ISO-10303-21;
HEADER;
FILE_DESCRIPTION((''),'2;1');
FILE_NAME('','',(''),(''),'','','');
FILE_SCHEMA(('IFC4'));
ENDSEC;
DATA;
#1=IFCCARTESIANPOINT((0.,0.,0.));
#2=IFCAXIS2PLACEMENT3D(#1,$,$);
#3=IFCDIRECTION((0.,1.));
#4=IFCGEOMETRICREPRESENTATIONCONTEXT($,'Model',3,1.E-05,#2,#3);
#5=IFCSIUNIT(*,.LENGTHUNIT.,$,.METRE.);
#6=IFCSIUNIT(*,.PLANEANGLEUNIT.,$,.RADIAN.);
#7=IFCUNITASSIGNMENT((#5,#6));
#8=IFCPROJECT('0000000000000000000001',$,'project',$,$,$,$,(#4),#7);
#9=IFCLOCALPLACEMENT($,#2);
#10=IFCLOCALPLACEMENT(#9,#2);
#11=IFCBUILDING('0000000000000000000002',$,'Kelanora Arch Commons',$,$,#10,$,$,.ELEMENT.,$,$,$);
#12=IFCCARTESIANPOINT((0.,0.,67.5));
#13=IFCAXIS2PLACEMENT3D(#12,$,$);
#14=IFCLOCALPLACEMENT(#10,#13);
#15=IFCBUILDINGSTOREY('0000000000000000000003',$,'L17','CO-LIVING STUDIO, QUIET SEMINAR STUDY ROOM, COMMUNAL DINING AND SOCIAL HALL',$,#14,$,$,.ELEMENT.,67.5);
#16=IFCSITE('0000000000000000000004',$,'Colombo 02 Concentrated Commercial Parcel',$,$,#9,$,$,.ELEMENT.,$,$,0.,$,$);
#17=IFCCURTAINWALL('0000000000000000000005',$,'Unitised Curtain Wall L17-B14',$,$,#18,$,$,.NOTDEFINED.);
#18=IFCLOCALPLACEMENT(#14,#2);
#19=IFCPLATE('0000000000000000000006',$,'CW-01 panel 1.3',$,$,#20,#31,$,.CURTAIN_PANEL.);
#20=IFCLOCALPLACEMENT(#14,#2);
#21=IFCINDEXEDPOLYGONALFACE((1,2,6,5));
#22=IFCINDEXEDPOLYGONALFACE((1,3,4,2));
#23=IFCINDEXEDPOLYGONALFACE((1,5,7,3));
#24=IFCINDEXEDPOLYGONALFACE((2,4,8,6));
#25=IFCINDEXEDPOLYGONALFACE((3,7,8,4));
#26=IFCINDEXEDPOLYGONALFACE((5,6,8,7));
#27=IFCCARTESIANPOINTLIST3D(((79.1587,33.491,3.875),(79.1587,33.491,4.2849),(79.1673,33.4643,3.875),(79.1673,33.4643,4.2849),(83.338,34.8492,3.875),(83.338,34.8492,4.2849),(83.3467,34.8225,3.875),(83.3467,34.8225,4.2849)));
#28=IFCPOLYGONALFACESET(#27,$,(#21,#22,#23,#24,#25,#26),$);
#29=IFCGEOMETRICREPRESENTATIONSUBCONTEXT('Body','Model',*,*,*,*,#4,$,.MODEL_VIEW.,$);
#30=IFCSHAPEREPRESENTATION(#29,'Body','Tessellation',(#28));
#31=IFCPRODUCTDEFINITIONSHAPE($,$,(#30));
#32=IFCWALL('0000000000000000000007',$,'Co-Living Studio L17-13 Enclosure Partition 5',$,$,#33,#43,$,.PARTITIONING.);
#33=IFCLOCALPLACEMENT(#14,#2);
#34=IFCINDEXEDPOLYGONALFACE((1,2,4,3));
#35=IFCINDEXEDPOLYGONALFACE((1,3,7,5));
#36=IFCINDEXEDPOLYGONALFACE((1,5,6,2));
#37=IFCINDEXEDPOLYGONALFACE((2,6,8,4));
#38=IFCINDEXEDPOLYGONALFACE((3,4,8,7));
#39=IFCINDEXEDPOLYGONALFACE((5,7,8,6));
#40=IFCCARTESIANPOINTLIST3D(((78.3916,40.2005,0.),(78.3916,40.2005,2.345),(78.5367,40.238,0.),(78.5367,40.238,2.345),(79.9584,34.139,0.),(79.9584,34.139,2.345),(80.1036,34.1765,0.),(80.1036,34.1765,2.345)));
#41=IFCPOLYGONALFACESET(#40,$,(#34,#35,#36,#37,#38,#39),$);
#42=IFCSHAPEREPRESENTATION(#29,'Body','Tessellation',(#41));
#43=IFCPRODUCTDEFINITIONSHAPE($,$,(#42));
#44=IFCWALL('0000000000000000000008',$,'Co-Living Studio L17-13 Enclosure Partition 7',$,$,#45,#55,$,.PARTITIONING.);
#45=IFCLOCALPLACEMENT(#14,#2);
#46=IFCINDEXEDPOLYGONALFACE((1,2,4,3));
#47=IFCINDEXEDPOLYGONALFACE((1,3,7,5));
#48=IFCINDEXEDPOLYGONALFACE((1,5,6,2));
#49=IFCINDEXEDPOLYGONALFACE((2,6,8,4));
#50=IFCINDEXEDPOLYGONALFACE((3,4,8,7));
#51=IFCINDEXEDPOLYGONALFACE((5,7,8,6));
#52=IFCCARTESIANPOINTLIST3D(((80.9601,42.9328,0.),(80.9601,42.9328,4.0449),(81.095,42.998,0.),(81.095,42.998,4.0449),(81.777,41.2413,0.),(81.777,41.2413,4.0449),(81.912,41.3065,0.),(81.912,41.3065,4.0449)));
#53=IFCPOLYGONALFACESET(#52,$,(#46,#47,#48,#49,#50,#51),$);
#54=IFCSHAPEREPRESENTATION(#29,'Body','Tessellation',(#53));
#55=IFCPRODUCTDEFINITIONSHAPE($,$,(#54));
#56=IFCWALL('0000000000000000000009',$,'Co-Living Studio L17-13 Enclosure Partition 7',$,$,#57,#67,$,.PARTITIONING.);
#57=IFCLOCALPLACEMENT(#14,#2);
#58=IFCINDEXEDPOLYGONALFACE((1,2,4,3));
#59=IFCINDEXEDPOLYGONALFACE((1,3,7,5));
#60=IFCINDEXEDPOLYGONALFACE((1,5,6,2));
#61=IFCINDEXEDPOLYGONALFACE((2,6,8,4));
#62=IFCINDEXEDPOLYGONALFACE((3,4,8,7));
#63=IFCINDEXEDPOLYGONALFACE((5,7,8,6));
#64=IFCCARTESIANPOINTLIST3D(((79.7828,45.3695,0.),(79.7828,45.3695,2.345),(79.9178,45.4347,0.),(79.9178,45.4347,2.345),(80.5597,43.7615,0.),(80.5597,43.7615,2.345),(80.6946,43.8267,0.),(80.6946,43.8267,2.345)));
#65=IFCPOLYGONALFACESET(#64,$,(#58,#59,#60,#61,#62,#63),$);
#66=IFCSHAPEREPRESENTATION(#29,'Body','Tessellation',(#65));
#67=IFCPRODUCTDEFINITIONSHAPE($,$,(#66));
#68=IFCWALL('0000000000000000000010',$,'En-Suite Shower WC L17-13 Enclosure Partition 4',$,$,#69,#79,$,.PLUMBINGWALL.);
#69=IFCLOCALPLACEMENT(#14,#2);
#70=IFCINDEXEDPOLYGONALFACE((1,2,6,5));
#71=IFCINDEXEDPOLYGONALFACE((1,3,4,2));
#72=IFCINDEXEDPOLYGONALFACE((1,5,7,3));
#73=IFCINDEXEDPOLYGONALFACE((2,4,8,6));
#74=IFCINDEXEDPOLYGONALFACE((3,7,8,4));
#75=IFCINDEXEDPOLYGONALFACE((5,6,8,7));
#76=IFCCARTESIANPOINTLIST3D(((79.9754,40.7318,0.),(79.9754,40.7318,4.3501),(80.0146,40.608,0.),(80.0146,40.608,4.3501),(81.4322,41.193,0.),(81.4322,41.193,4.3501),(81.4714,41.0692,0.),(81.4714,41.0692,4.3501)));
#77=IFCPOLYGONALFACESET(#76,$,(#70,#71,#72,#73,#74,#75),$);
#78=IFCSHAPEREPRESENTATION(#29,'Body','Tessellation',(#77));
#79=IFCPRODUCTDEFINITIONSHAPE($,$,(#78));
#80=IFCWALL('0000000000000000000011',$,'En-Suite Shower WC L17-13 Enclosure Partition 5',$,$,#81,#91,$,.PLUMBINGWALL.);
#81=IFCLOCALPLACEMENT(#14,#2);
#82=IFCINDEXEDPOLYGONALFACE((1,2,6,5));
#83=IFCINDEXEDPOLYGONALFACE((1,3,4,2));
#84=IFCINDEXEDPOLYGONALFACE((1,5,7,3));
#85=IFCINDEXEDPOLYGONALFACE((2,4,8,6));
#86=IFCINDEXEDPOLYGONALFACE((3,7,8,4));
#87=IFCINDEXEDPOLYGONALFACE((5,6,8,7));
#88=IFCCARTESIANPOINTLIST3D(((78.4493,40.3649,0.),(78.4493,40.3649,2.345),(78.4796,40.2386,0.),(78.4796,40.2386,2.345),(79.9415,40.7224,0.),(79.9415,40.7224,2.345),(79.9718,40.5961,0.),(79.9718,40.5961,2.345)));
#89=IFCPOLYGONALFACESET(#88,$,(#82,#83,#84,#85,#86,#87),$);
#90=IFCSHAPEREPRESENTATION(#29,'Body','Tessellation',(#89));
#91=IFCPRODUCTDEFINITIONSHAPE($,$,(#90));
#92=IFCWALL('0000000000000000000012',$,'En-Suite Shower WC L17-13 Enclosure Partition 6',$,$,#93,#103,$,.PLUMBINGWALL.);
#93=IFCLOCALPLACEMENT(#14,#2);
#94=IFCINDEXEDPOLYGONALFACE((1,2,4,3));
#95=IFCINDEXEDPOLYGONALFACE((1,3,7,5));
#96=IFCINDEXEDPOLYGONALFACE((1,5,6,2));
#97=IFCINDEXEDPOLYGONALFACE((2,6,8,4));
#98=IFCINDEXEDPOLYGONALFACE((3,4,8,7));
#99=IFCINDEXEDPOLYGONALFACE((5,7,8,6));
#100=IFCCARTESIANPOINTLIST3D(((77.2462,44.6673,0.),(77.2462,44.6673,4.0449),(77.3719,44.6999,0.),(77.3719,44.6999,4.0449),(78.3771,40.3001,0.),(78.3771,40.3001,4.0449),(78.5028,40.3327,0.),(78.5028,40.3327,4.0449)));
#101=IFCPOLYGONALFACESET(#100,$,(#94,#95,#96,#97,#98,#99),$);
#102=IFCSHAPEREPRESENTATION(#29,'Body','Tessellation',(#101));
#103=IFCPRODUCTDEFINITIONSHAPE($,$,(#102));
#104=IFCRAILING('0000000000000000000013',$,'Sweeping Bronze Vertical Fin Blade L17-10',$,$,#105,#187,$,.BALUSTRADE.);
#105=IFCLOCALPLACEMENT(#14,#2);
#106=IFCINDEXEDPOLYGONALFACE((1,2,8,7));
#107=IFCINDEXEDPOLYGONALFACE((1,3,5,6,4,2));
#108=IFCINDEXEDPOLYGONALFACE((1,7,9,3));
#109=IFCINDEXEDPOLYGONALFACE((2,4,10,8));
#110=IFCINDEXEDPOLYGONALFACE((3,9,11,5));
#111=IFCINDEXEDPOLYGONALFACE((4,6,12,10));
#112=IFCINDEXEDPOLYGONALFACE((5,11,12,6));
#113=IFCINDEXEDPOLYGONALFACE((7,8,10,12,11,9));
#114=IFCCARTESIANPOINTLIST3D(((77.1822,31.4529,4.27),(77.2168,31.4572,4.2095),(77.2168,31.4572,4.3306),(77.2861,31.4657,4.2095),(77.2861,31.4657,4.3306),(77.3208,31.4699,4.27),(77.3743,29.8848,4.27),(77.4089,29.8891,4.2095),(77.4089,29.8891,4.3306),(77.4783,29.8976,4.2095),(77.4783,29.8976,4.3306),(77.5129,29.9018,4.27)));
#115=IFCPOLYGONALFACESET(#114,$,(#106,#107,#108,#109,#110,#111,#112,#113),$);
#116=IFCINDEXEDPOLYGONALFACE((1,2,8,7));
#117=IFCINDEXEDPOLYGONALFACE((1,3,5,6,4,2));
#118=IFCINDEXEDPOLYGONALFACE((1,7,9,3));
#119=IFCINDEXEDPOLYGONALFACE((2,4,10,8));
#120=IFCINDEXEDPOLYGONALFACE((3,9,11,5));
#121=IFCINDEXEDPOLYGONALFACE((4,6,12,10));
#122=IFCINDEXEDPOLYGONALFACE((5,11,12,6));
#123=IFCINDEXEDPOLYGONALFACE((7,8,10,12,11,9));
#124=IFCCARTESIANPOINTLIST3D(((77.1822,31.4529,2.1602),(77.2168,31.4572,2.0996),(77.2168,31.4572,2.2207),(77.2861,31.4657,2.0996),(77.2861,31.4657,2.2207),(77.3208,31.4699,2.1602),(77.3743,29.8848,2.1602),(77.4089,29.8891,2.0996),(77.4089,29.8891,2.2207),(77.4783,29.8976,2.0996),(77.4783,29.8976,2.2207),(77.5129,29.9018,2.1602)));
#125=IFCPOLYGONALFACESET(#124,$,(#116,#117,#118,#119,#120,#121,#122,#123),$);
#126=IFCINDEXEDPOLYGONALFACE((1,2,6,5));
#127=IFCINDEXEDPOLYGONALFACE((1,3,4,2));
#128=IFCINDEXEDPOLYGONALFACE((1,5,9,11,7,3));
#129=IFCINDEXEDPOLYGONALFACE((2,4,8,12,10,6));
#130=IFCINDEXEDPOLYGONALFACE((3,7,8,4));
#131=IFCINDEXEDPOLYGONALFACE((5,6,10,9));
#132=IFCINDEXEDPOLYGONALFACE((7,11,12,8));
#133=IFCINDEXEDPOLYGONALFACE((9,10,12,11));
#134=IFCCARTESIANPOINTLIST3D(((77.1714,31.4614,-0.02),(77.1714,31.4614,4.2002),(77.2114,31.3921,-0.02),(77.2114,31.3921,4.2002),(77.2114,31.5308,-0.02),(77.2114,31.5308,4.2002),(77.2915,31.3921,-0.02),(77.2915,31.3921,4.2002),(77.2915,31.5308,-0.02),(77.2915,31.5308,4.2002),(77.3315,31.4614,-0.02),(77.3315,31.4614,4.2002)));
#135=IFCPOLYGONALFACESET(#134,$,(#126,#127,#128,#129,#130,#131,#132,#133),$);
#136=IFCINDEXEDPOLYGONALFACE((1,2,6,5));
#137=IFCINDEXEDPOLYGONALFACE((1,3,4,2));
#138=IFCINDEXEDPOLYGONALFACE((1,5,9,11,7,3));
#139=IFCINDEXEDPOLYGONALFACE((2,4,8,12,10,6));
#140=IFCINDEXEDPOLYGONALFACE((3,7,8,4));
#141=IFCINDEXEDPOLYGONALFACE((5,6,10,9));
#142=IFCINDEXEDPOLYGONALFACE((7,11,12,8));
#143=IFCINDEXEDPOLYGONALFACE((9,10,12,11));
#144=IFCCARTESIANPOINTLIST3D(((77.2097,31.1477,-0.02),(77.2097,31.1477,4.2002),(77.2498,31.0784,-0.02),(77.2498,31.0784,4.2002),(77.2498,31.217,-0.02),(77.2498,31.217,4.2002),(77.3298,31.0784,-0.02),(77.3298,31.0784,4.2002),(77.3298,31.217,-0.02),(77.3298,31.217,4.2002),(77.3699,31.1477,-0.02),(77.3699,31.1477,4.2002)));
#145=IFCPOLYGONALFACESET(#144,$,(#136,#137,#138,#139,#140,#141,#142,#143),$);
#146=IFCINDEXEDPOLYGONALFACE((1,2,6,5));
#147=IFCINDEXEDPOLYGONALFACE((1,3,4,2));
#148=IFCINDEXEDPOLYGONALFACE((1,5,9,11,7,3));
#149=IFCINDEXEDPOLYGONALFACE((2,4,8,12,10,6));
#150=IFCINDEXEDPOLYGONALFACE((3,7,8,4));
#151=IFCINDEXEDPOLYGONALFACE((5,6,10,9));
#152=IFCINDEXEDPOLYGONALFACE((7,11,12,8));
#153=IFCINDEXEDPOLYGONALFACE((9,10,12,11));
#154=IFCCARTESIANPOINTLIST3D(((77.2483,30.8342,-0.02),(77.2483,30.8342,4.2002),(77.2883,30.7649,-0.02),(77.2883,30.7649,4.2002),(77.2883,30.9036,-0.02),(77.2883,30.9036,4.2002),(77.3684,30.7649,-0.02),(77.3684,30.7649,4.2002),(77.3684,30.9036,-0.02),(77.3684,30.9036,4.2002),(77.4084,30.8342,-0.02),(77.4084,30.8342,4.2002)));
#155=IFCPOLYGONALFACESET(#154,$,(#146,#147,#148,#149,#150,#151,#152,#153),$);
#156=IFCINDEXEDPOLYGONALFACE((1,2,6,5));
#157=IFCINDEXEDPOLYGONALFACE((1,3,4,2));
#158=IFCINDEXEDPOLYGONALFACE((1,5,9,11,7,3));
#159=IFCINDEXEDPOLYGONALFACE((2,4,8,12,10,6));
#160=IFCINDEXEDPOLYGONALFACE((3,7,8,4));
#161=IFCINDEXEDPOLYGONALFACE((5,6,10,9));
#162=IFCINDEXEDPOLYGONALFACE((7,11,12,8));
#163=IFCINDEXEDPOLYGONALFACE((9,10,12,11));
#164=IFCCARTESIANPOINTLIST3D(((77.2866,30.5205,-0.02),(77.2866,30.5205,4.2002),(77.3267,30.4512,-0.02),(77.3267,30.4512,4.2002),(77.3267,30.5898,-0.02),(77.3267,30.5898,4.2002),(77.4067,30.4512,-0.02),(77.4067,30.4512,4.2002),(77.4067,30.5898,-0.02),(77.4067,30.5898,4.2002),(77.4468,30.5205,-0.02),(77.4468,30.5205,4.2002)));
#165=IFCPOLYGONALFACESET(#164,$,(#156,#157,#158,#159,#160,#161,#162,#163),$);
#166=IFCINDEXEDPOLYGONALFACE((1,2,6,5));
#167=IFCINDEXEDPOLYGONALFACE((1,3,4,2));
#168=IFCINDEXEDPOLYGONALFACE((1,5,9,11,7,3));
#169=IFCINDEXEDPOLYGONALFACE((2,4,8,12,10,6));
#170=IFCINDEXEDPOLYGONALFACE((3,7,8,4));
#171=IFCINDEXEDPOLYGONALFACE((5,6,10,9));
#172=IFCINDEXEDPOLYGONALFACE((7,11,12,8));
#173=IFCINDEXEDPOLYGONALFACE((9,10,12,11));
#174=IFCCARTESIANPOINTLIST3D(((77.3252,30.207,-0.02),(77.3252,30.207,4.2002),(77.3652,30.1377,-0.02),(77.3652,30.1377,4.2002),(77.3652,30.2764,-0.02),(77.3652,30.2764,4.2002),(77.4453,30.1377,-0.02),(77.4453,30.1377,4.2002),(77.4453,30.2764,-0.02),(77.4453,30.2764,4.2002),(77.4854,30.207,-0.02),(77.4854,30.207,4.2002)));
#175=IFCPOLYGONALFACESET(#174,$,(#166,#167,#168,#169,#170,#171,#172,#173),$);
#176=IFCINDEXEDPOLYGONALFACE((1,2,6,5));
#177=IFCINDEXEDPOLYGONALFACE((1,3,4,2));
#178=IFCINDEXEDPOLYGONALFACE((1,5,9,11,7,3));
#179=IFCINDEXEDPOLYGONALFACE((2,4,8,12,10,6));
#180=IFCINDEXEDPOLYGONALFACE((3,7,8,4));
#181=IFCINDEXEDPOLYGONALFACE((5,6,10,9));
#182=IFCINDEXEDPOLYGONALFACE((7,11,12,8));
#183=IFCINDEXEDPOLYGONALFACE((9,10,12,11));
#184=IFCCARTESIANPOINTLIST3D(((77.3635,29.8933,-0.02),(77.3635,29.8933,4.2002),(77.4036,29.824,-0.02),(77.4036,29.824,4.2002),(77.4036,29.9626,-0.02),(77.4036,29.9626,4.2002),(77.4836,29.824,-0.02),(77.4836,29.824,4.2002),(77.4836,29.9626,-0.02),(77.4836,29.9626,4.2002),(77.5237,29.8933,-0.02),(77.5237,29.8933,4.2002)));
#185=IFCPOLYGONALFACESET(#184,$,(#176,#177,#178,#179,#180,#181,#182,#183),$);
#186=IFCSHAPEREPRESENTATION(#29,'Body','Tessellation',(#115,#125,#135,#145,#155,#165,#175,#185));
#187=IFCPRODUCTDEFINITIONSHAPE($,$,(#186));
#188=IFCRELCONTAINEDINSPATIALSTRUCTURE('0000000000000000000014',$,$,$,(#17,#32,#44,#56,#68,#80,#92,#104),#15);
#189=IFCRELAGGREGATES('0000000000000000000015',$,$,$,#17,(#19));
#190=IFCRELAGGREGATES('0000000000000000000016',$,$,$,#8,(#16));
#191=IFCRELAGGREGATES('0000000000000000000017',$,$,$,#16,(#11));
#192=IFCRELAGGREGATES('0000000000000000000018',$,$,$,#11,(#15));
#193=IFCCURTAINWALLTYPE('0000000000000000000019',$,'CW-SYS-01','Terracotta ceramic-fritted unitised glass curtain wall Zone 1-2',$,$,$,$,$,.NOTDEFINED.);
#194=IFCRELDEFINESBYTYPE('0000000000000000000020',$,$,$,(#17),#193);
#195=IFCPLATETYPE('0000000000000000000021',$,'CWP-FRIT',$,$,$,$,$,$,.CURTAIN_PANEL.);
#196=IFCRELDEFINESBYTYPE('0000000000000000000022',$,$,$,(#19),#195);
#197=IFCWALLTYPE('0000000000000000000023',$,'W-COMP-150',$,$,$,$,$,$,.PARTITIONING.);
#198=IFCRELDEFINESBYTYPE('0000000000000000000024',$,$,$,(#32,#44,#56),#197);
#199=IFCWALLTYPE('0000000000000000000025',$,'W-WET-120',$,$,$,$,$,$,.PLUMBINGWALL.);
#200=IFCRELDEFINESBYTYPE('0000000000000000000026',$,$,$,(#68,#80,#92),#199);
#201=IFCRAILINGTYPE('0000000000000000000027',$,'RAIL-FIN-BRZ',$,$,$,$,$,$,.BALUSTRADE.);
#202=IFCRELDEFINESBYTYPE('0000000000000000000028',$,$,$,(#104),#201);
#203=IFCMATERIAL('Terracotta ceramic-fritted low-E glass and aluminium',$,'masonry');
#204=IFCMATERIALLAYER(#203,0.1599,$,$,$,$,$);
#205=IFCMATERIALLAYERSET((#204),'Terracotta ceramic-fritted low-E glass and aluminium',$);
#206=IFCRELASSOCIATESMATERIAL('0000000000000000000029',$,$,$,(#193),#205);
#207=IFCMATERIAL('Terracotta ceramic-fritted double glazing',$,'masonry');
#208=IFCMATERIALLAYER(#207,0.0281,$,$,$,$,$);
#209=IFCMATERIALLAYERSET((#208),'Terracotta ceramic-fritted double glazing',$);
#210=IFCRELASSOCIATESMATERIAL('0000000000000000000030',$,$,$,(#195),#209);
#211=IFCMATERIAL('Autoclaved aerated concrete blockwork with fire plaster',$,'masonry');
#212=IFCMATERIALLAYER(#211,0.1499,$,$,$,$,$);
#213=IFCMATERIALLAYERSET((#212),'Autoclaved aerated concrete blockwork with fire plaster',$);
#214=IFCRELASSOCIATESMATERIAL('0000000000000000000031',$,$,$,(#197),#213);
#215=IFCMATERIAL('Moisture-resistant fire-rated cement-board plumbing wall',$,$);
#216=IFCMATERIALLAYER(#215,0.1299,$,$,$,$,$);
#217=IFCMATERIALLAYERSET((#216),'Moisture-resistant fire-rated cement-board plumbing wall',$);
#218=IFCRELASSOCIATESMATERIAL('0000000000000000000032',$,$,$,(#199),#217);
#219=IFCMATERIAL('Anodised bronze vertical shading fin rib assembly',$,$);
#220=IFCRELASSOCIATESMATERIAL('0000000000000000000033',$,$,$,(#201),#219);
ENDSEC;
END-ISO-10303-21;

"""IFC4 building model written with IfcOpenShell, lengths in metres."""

from ifc_helpers import new_model, si_unit, direction, frame, frame_2d, origin, origin_2d, place, context, subcontext, project, spatial, polyline, rectangle, outline, extrude, source, transform, mapped, material, layer, layer_set, type_object, element, aggregate, save


model = new_model("IFC4")

# Units and contexts
model_context = context("Model", 3, precision=1e-05, world=origin(), true_north=direction((0.0, 1.0)))
body_context = subcontext(model_context, "Body", "Model", "MODEL_VIEW")
ifc_project = project(units=[si_unit("LENGTHUNIT", "METRE"), si_unit("PLANEANGLEUNIT", "RADIAN")], contexts=[model_context])

# Site, building, storey
site_placement = place(None, origin())
site = spatial("IfcSite", under=ifc_project, at=site_placement, Name="Colombo 02 Concentrated Commercial Parcel", CompositionType="ELEMENT", RefElevation=0.0)
building_placement = place(site_placement, origin())
building = spatial("IfcBuilding", under=site, at=building_placement, Name="Kelanora Arch Commons", CompositionType="ELEMENT")
storey_placement = place(building_placement, frame((0.0, 0.0, 67.5)))
storey = spatial("IfcBuildingStorey", under=building, at=storey_placement, Name="L17", Description="CO-LIVING STUDIO, QUIET SEMINAR STUDY ROOM, COMMUNAL DINING AND SOCIAL HALL", CompositionType="ELEMENT", Elevation=67.5)

# Curtain wall, plate
ifc_material_1 = material(Name="Terracotta ceramic-fritted low-E glass and aluminium", Category="masonry")
ifc_layer_1 = layer(ifc_material_1, 0.1599)
ifc_layer_set_1 = layer_set([ifc_layer_1], Name="Terracotta ceramic-fritted low-E glass and aluminium")
curtain_wall_type = type_object("IfcCurtainWallType", Name="CW-SYS-01", Description="Terracotta ceramic-fritted unitised glass curtain wall Zone 1-2", PredefinedType="NOTDEFINED", material=ifc_layer_set_1)
curtain_wall_placement = place(storey_placement, origin())
curtain_wall = element("IfcCurtainWall", 1, at=curtain_wall_placement, inside=storey, type_object=curtain_wall_type, Name="Unitised Curtain Wall L17-B14", PredefinedType="NOTDEFINED")
ifc_material_2 = material(Name="Terracotta ceramic-fritted double glazing", Category="masonry")
ifc_layer_2 = layer(ifc_material_2, 0.0281)
ifc_layer_set_2 = layer_set([ifc_layer_2], Name="Terracotta ceramic-fritted double glazing")
plate_type = type_object("IfcPlateType", Name="CWP-FRIT", PredefinedType="CURTAIN_PANEL", material=ifc_layer_set_2)
shared_shape_1 = source(origin(), body_context, "Body", "SweptSolid", [
    extrude(rectangle(XDim=4.3945, YDim=0.0281, at=origin_2d()), origin(), (0.0, 0.0, 1.0), 0.4099),
])
plate_1_placement = place(storey_placement, frame((81.2527, 34.1567, 3.875), z_axis=(0.0, 0.0, 1.0), x_axis=(0.951043, 0.309058, 0.0)))
plate_1 = element("IfcPlate", 2, at=plate_1_placement, type_object=plate_type, Name="CW-01 panel 1.3", PredefinedType="CURTAIN_PANEL", context=body_context, shape_type="MappedRepresentation", body=[
    mapped(shared_shape_1, transform((0.0, 0.0, 0.0), scale=1.0)),
])
aggregate(curtain_wall, [plate_1])

# Walls
ifc_material_3 = material(Name="Autoclaved aerated concrete blockwork with fire plaster", Category="masonry")
ifc_layer_3 = layer(ifc_material_3, 0.1499)
ifc_layer_set_3 = layer_set([ifc_layer_3], Name="Autoclaved aerated concrete blockwork with fire plaster")
wall_type_1 = type_object("IfcWallType", Name="W-COMP-150", PredefinedType="PARTITIONING", material=ifc_layer_set_3)
wall_1_placement = place(storey_placement, frame((80.031, 34.1577, 0.0), z_axis=(0.0, 0.0, 1.0), x_axis=(-0.250272, 0.968176, 0.0)))
element("IfcWall", 3, at=wall_1_placement, inside=storey, type_object=wall_type_1, Name="Co-Living Studio L17-13 Enclosure Partition 5", PredefinedType="PARTITIONING", context=body_context, shape_type="SweptSolid", body=[
    extrude(rectangle(XDim=6.2607, YDim=0.1499, at=frame_2d((3.1304, 0.0))), origin(), (0.0, 0.0, 1.0), 2.345),
])
wall_2_placement = place(storey_placement, frame((81.8445, 41.2739, 0.0), z_axis=(0.0, 0.0, 1.0), x_axis=(-0.434902, 0.900478, 0.0)))
element("IfcWall", 4, at=wall_2_placement, inside=storey, type_object=wall_type_1, Name="Co-Living Studio L17-13 Enclosure Partition 7", PredefinedType="PARTITIONING", context=body_context, shape_type="SweptSolid", body=[
    extrude(rectangle(XDim=1.8784, YDim=0.1499, at=frame_2d((0.9392, 0.0))), origin(), (0.0, 0.0, 1.0), 4.0449),
])
wall_3_placement = place(storey_placement, frame((80.6272, 43.7939, 0.0), z_axis=(0.0, 0.0, 1.0), x_axis=(-0.434978, 0.900441, 0.0)))
element("IfcWall", 5, at=wall_3_placement, inside=storey, type_object=wall_type_1, Name="Co-Living Studio L17-13 Enclosure Partition 7", PredefinedType="PARTITIONING", context=body_context, shape_type="SweptSolid", body=[
    extrude(rectangle(XDim=1.7859, YDim=0.1499, at=frame_2d((0.8931, 0.0))), origin(), (0.0, 0.0, 1.0), 2.345),
])
ifc_material_4 = material(Name="Moisture-resistant fire-rated cement-board plumbing wall")
ifc_layer_4 = layer(ifc_material_4, 0.1299)
ifc_layer_set_4 = layer_set([ifc_layer_4], Name="Moisture-resistant fire-rated cement-board plumbing wall")
wall_type_2 = type_object("IfcWallType", Name="W-WET-120", PredefinedType="PLUMBINGWALL", material=ifc_layer_set_4)
wall_4_placement = place(storey_placement, frame((81.4519, 41.1311, 0.0), z_axis=(0.0, 0.0, 1.0), x_axis=(-0.953368, -0.301812, 0.0)))
element("IfcWall", 6, at=wall_4_placement, inside=storey, type_object=wall_type_2, Name="En-Suite Shower WC L17-13 Enclosure Partition 4", PredefinedType="PLUMBINGWALL", context=body_context, shape_type="SweptSolid", body=[
    extrude(rectangle(XDim=1.5281, YDim=0.1299, at=frame_2d((0.7642, 0.0))), origin(), (0.0, 0.0, 1.0), 4.3501),
])
wall_5_placement = place(storey_placement, frame((79.9565, 40.6592, 0.0), z_axis=(0.0, 0.0, 1.0), x_axis=(-0.972491, -0.23294, 0.0)))
element("IfcWall", 7, at=wall_5_placement, inside=storey, type_object=wall_type_2, Name="En-Suite Shower WC L17-13 Enclosure Partition 5", PredefinedType="PLUMBINGWALL", context=body_context, shape_type="SweptSolid", body=[
    extrude(rectangle(XDim=1.5344, YDim=0.1299, at=frame_2d((0.7671, 0.0))), origin(), (0.0, 0.0, 1.0), 2.345),
])
wall_6_placement = place(storey_placement, frame((78.4399, 40.3164, 0.0), z_axis=(0.0, 0.0, 1.0), x_axis=(-0.250677, 0.968071, 0.0)))
element("IfcWall", 8, at=wall_6_placement, inside=storey, type_object=wall_type_2, Name="En-Suite Shower WC L17-13 Enclosure Partition 6", PredefinedType="PLUMBINGWALL", context=body_context, shape_type="SweptSolid", body=[
    extrude(rectangle(XDim=4.5112, YDim=0.1299, at=frame_2d((2.2556, 0.0))), origin(), (0.0, 0.0, 1.0), 4.0449),
])

# Railing
ifc_material_5 = material(Name="Anodised bronze vertical shading fin rib assembly")
railing_type = type_object("IfcRailingType", Name="RAIL-FIN-BRZ", PredefinedType="BALUSTRADE", material=ifc_material_5)
railing_placement = place(storey_placement, frame((77.2515, 31.4614, -0.02)))
element("IfcRailing", 9, at=railing_placement, inside=storey, type_object=railing_type, Name="Sweeping Bronze Vertical Fin Blade L17-10", PredefinedType="BALUSTRADE", context=body_context, shape_type="SweptSolid", body=[
    extrude(outline(polyline([(0.0698, 0.0), (0.0349, 0.0605), (-0.0349, 0.0605), (-0.0698, 0.0), (-0.0349, -0.0605), (0.0349, -0.0605), (0.0698, 0.0)])), frame((0.0, 0.0, 4.29), z_axis=(0.121619, -0.992577, 0.0), x_axis=(0.992577, 0.121619, 0.0)), (0.0, 0.0, 1.0), 1.5798),
    extrude(outline(polyline([(0.0698, 0.0), (0.0349, 0.0605), (-0.0349, 0.0605), (-0.0698, 0.0), (-0.0349, -0.0605), (0.0349, -0.0605), (0.0698, 0.0)])), frame((0.0, 0.0, 2.1802), z_axis=(0.121619, -0.992577, 0.0), x_axis=(0.992577, 0.121619, 0.0)), (0.0, 0.0, 1.0), 1.5798),
    extrude(outline(polyline([(0.0801, 0.0), (0.04, 0.0693), (-0.04, 0.0693), (-0.0801, 0.0), (-0.04, -0.0693), (0.04, -0.0693), (0.0801, 0.0)])), origin(), (0.0, 0.0, 1.0), 4.2202),
    extrude(outline(polyline([(0.0801, 0.0), (0.04, 0.0693), (-0.04, 0.0693), (-0.0801, 0.0), (-0.04, -0.0693), (0.04, -0.0693), (0.0801, 0.0)])), frame((0.0383, -0.3137, 0.0)), (0.0, 0.0, 1.0), 4.2202),
    extrude(outline(polyline([(0.0801, 0.0), (0.04, 0.0693), (-0.04, 0.0693), (-0.0801, 0.0), (-0.04, -0.0693), (0.04, -0.0693), (0.0801, 0.0)])), frame((0.0769, -0.6272, 0.0)), (0.0, 0.0, 1.0), 4.2202),
    extrude(outline(polyline([(0.0801, 0.0), (0.04, 0.0693), (-0.04, 0.0693), (-0.0801, 0.0), (-0.04, -0.0693), (0.04, -0.0693), (0.0801, 0.0)])), frame((0.1152, -0.9409, 0.0)), (0.0, 0.0, 1.0), 4.2202),
    extrude(outline(polyline([(0.0801, 0.0), (0.04, 0.0693), (-0.04, 0.0693), (-0.0801, 0.0), (-0.04, -0.0693), (0.04, -0.0693), (0.0801, 0.0)])), frame((0.1538, -1.2544, 0.0)), (0.0, 0.0, 1.0), 4.2202),
    extrude(outline(polyline([(0.0801, 0.0), (0.04, 0.0693), (-0.04, 0.0693), (-0.0801, 0.0), (-0.04, -0.0693), (0.04, -0.0693), (0.0801, 0.0)])), frame((0.1921, -1.5681, 0.0)), (0.0, 0.0, 1.0), 4.2202),
])

save(model, "model.ifc")
